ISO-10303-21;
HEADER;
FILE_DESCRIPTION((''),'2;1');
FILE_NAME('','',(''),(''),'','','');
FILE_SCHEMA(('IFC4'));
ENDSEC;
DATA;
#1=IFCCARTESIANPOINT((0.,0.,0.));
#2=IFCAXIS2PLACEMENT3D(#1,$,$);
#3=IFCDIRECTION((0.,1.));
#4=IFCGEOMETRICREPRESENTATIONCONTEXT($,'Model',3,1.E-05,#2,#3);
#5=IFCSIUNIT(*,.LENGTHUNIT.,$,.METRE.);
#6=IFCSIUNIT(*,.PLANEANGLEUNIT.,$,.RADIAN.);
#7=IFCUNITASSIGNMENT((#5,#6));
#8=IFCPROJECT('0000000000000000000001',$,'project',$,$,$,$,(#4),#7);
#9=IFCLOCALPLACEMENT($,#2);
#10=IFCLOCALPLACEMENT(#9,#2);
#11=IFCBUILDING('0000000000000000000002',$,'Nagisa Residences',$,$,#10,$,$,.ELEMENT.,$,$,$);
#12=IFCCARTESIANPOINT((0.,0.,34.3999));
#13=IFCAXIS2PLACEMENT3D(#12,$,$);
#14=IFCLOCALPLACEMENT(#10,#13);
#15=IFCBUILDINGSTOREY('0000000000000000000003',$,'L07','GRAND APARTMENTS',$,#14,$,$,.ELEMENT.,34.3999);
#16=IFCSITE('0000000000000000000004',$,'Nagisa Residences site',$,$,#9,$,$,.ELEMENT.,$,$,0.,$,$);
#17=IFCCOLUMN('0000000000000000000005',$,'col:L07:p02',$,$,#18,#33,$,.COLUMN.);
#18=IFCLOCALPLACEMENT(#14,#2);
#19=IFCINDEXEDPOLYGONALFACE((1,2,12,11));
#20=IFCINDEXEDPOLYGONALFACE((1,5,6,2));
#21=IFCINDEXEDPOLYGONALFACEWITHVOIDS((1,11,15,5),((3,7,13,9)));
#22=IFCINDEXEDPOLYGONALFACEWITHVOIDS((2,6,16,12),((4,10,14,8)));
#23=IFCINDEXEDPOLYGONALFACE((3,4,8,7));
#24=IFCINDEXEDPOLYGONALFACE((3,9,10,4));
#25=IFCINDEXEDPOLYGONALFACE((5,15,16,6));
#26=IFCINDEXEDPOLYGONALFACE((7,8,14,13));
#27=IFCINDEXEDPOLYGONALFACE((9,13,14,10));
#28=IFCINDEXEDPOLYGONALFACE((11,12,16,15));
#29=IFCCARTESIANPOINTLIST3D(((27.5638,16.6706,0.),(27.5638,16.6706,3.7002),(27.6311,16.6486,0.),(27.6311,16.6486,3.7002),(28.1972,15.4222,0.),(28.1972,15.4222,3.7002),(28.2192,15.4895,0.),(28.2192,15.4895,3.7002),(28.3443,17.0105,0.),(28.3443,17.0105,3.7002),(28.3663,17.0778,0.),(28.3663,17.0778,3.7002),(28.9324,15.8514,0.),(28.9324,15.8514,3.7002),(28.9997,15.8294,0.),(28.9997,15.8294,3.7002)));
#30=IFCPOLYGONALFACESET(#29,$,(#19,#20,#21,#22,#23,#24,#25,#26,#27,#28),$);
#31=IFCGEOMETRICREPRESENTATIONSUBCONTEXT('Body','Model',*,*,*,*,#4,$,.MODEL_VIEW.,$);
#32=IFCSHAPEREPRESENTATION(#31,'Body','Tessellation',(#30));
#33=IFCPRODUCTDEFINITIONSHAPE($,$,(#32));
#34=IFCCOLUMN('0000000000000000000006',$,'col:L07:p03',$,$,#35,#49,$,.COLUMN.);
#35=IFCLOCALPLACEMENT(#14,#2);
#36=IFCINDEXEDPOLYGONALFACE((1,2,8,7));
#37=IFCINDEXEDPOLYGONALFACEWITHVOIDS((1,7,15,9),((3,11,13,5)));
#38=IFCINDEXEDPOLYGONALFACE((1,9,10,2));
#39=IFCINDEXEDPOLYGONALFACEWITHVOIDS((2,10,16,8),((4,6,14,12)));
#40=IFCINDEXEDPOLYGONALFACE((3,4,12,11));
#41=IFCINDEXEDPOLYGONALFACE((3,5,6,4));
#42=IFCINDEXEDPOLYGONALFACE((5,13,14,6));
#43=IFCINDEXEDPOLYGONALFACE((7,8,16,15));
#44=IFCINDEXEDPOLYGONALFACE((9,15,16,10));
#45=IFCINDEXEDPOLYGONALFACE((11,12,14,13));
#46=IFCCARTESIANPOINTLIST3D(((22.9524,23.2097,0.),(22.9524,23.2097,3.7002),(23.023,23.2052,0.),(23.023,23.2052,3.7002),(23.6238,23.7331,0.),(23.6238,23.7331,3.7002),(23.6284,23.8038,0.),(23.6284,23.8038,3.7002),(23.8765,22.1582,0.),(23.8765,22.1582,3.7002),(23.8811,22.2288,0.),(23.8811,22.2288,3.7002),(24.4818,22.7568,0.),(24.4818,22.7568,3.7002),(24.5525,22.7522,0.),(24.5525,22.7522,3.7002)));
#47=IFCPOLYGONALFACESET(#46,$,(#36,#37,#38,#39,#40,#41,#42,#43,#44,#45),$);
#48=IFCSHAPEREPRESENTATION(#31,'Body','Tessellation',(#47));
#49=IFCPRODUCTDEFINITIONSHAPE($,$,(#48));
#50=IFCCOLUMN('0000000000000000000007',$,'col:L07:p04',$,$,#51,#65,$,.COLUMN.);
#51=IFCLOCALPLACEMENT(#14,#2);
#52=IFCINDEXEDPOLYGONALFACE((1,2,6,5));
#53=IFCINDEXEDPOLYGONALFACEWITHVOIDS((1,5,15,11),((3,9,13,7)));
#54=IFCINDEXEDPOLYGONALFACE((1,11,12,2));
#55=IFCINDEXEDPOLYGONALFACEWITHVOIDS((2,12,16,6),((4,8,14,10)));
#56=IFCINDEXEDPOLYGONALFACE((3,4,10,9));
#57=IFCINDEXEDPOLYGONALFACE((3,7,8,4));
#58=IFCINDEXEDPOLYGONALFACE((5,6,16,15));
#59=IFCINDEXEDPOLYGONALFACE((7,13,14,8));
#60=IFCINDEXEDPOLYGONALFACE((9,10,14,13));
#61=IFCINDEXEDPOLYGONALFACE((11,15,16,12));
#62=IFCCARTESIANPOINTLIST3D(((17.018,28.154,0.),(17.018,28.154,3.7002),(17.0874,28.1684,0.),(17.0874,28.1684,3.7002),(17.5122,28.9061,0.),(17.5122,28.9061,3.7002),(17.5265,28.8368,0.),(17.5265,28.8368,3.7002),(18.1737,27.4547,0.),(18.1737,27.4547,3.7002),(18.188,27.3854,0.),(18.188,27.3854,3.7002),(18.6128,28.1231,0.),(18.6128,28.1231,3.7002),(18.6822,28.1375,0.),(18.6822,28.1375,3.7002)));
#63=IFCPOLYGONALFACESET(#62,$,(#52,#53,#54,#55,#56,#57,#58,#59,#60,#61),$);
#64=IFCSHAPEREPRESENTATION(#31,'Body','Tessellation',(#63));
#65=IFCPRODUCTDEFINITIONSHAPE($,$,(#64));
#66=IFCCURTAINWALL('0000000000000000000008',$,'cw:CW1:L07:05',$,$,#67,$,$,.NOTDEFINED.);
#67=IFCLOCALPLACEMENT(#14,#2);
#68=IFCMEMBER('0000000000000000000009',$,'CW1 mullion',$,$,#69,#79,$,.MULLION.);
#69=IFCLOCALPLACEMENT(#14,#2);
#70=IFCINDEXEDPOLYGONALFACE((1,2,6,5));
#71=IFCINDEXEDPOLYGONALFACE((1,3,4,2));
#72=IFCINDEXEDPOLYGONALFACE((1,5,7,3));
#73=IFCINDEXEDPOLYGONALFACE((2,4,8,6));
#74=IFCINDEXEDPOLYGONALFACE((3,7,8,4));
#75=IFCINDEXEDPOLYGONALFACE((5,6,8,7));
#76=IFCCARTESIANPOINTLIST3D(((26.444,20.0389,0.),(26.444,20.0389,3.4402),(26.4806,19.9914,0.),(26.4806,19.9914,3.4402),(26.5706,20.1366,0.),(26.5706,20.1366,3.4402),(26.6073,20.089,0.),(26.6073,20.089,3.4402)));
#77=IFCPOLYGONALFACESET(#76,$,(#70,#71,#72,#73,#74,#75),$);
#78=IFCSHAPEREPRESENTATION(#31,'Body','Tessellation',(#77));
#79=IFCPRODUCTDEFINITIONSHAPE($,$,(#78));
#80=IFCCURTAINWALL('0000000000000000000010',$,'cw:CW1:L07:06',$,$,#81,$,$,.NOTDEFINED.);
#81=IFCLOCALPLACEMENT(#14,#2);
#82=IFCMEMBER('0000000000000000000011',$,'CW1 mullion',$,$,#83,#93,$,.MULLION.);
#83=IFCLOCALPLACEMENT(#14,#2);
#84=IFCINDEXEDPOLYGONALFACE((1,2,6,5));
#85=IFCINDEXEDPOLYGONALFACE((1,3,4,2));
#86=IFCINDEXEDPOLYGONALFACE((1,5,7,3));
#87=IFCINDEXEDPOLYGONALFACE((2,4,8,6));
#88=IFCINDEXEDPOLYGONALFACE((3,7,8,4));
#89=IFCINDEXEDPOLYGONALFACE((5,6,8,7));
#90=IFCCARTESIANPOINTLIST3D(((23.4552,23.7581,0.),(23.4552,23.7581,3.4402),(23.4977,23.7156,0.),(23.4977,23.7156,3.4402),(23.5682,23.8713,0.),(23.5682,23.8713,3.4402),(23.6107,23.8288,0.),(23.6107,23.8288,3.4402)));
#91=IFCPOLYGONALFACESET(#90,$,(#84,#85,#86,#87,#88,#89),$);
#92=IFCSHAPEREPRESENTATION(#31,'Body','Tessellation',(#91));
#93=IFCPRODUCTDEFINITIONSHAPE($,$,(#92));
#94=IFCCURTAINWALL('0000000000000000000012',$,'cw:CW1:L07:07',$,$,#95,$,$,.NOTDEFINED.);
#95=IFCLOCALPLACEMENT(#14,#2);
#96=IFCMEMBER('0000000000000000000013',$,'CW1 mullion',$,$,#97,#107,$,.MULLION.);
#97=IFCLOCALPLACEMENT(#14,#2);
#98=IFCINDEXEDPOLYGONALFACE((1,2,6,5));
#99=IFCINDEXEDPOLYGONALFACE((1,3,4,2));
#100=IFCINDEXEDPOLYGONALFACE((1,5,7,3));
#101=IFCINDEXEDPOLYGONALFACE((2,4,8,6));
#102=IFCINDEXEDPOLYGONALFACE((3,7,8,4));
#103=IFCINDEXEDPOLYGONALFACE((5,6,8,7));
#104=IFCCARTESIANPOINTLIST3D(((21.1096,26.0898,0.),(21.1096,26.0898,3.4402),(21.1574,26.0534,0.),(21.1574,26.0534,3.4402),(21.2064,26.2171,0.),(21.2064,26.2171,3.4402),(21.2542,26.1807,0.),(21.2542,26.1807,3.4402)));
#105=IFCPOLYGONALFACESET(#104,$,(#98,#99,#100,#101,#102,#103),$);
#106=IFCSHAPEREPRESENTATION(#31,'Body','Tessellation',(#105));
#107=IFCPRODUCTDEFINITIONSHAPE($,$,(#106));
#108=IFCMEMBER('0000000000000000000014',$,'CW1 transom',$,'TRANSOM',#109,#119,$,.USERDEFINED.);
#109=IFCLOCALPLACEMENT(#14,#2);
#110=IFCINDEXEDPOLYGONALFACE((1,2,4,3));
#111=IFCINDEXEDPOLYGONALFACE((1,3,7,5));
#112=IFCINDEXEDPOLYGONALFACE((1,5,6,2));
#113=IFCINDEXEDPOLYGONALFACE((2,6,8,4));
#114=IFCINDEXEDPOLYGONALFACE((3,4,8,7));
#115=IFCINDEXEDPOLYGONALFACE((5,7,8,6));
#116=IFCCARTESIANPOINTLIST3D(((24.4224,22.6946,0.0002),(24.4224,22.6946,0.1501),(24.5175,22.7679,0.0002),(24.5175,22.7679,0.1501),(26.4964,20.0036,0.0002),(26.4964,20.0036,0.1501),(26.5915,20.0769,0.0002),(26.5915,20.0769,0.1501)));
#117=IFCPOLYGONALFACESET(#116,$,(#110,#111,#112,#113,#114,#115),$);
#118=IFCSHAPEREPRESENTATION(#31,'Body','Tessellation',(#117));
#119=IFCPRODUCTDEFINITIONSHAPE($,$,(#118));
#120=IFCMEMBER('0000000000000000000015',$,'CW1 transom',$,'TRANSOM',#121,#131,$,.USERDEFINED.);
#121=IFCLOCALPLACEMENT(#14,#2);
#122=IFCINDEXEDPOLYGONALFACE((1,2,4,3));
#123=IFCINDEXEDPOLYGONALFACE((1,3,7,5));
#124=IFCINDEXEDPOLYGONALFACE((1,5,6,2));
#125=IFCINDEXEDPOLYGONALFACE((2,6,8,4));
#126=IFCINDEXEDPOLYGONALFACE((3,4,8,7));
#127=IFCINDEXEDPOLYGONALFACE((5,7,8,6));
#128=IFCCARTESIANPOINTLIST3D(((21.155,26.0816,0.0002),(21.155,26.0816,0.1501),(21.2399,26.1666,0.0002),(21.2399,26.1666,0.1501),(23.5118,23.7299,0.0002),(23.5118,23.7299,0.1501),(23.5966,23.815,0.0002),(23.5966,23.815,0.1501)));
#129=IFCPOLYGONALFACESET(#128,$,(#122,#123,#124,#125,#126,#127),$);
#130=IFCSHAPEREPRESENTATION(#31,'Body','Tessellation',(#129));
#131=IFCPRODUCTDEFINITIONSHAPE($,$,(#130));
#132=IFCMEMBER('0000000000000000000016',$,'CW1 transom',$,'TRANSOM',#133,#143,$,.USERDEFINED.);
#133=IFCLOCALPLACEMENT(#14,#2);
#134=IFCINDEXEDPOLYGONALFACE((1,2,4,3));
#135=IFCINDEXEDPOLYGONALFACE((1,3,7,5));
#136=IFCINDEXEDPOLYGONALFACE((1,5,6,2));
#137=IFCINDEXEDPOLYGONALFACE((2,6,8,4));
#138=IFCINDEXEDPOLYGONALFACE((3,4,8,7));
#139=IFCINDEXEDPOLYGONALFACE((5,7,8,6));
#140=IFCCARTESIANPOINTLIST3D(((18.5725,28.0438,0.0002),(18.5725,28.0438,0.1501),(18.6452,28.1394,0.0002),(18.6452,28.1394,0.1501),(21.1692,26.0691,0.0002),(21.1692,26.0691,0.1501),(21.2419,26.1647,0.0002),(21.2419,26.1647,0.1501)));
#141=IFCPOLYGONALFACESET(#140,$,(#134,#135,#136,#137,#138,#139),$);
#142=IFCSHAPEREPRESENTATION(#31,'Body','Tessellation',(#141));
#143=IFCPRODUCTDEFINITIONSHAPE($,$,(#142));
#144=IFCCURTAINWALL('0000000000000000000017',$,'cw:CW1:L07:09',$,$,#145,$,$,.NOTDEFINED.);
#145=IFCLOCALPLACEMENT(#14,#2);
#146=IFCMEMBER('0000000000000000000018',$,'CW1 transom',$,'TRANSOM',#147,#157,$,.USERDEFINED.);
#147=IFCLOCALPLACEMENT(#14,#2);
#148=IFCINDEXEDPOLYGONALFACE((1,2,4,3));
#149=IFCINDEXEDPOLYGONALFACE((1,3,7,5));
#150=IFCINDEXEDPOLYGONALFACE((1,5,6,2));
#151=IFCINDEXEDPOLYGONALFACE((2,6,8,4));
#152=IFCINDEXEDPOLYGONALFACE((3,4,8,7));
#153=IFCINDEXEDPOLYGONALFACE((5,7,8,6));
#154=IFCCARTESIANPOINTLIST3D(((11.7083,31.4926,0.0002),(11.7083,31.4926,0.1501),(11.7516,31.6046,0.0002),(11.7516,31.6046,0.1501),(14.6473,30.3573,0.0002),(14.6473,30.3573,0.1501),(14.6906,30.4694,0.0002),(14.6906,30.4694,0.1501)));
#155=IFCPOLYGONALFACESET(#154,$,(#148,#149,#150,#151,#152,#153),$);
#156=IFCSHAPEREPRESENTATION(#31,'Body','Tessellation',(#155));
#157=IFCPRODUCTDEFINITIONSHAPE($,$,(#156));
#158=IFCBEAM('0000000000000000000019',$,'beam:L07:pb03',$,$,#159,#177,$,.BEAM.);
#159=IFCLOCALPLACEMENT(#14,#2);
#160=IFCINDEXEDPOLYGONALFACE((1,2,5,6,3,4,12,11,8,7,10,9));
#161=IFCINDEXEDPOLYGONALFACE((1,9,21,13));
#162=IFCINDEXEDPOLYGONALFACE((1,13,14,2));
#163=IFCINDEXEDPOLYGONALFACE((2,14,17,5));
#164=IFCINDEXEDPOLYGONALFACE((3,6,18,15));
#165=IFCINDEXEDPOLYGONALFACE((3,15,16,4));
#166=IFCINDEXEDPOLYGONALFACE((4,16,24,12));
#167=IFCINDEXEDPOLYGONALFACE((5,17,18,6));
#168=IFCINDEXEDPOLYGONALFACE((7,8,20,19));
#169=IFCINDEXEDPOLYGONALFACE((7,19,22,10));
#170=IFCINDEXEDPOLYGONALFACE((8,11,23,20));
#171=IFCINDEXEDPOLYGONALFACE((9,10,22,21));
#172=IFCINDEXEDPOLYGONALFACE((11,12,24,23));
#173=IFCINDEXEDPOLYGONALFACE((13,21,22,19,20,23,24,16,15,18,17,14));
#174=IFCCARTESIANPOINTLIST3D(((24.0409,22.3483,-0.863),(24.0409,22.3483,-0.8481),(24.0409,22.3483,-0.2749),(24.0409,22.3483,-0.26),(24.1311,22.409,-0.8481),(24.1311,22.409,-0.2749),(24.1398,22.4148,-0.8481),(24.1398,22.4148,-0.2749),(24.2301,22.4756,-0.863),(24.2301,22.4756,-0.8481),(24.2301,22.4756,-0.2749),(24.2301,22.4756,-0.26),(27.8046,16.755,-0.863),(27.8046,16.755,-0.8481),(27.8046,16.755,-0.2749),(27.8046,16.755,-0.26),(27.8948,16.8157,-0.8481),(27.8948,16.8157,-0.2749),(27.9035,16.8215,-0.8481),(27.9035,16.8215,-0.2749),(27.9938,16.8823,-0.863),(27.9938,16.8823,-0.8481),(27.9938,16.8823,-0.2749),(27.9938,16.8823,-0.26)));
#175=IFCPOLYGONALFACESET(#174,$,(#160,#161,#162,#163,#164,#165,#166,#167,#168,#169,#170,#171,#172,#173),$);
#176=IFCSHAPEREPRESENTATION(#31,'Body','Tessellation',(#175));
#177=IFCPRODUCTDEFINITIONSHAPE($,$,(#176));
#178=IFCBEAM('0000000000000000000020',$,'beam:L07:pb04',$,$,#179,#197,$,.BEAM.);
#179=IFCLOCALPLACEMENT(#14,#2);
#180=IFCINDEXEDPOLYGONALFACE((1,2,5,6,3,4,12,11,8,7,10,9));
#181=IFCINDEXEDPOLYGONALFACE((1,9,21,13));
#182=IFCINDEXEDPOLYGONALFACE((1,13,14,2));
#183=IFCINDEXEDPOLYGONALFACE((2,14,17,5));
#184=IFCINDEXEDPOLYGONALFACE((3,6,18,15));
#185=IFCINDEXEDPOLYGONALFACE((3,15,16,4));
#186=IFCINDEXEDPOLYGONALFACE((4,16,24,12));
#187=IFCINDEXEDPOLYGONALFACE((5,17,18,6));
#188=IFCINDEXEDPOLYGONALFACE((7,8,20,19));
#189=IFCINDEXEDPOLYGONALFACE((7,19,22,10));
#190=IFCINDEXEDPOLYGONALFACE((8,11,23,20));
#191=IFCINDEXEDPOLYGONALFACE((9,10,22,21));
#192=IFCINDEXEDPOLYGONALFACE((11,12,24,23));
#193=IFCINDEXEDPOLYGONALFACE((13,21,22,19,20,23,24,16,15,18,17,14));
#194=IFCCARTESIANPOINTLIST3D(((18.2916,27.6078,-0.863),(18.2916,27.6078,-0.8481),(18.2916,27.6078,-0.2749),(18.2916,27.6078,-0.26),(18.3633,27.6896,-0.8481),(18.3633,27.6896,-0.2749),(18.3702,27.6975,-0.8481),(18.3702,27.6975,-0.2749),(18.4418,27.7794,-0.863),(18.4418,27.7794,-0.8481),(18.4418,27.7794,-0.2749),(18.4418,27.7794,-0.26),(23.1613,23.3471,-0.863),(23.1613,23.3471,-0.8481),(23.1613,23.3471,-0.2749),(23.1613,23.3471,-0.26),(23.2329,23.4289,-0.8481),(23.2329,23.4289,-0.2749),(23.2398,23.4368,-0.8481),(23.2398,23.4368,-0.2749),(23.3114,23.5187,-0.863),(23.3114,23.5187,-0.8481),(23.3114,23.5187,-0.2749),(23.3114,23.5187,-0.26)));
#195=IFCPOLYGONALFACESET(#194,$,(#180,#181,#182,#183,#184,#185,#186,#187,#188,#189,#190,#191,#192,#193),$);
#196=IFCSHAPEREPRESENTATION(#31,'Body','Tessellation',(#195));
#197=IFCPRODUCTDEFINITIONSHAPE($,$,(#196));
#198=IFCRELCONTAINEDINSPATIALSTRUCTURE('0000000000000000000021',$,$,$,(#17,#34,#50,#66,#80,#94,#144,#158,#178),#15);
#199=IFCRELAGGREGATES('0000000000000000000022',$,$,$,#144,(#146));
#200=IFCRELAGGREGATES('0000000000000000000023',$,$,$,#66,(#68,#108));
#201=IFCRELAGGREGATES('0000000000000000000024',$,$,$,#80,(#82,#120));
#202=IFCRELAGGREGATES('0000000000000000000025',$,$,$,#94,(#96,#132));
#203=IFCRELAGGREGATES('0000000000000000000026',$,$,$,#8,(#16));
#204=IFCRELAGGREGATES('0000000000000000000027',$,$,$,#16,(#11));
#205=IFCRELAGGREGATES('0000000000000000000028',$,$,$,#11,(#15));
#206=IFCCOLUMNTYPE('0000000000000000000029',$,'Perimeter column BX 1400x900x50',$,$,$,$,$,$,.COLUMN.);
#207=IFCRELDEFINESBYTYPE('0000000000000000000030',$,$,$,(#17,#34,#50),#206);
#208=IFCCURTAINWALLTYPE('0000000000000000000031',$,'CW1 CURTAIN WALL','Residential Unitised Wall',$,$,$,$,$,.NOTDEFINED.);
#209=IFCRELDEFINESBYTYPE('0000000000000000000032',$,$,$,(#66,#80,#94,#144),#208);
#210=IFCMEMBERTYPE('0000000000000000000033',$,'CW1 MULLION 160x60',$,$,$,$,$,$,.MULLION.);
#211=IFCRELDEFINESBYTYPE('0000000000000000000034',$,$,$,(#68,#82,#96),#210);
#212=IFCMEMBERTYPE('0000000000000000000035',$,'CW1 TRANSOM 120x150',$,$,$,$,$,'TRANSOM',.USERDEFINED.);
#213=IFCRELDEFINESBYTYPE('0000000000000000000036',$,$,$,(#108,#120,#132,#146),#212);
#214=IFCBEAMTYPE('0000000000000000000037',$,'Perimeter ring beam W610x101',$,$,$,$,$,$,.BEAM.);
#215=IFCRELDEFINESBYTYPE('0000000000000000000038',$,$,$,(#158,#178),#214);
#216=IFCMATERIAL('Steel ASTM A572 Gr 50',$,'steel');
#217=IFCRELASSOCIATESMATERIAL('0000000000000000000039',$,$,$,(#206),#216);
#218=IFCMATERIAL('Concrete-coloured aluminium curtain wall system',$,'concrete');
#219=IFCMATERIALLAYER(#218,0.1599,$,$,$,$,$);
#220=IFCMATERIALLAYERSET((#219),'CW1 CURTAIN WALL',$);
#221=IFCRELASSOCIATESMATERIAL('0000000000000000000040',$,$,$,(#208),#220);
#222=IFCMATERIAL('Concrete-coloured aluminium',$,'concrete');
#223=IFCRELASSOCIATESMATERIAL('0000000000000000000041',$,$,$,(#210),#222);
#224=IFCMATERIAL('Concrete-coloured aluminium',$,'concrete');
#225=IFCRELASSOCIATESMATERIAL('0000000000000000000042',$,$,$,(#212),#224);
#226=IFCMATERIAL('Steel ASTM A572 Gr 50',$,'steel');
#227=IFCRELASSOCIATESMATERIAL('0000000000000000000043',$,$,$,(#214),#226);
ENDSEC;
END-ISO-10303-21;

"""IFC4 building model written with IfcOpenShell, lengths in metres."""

from ifc_helpers import new_model, si_unit, direction, frame, origin, origin_2d, place, context, subcontext, project, spatial, rectangle, hollow_rectangle, i_section, extrude, material, layer, layer_set, material_profile, profile_set, type_object, element, aggregate, save


model = new_model("IFC4")

# Units and contexts
model_context = context("Model", 3, precision=1e-05, world=origin(), true_north=direction((0.0, 1.0)))
body_context = subcontext(model_context, "Body", "Model", "MODEL_VIEW")
ifc_project = project(units=[si_unit("LENGTHUNIT", "METRE"), si_unit("PLANEANGLEUNIT", "RADIAN")], contexts=[model_context])

# Site, building, storey
site_placement = place(None, origin())
site = spatial("IfcSite", under=ifc_project, at=site_placement, Name="Nagisa Residences site", CompositionType="ELEMENT", RefElevation=0.0)
building_placement = place(site_placement, origin())
building = spatial("IfcBuilding", under=site, at=building_placement, Name="Nagisa Residences", CompositionType="ELEMENT")
storey_placement = place(building_placement, frame((0.0, 0.0, 34.3999)))
storey = spatial("IfcBuildingStorey", under=building, at=storey_placement, Name="L07", Description="GRAND APARTMENTS", CompositionType="ELEMENT", Elevation=34.3999)

# Columns
ifc_material_1 = material(Name="Steel ASTM A572 Gr 50", Category="steel")
ifc_material_profile_1 = material_profile(ifc_material_1, hollow_rectangle(XDim=1.3999, YDim=0.8999, WallThickness=0.05, at=origin_2d()), Name="BX 1400x900x50")
ifc_profile_set_1 = profile_set([ifc_material_profile_1], Name="Steel ASTM A572 Gr 50")
column_type = type_object("IfcColumnType", Name="Perimeter column BX 1400x900x50", PredefinedType="COLUMN", material=ifc_profile_set_1)
for number, where, z_axis, x_axis, name in (
    (1, (28.2817, 16.25, 0.0), (0.0, 0.0, 1.0), (-0.452463, 0.891783, 0.0), "col:L07:p02"),
    (2, (23.7524, 22.981, 0.0), (0.0, 0.0, 1.0), (-0.660115, 0.751165, 0.0), "col:L07:p03"),
    (3, (17.8501, 28.1458, 0.0), (0.0, 0.0, 1.0), (-0.835766, 0.549086, 0.0), "col:L07:p04"),
):
    element("IfcColumn", number, at=place(storey_placement, frame(where, z_axis=z_axis, x_axis=x_axis)), inside=storey, type_object=column_type, Name=name, PredefinedType="COLUMN", context=body_context, shape_type="SweptSolid", body=[
        extrude(hollow_rectangle(XDim=1.3999, YDim=0.8999, WallThickness=0.05, at=origin_2d()), origin(), (0.0, 0.0, 1.0), 3.7002),
    ])

# Curtain walls, members
ifc_material_2 = material(Name="Concrete-coloured aluminium curtain wall system", Category="concrete")
ifc_layer_1 = layer(ifc_material_2, 0.1599)
ifc_layer_set_1 = layer_set([ifc_layer_1], Name="CW1 CURTAIN WALL")
curtain_wall_type = type_object("IfcCurtainWallType", Name="CW1 CURTAIN WALL", Description="Residential Unitised Wall", PredefinedType="NOTDEFINED", material=ifc_layer_set_1)
curtain_wall_1_placement = place(storey_placement, origin())
curtain_wall_1 = element("IfcCurtainWall", 4, at=curtain_wall_1_placement, inside=storey, type_object=curtain_wall_type, Name="cw:CW1:L07:05", PredefinedType="NOTDEFINED")
ifc_material_3 = material(Name="Concrete-coloured aluminium", Category="concrete")
ifc_material_profile_2 = material_profile(ifc_material_3, rectangle(XDim=0.1599, YDim=0.0601, at=origin_2d()), Name="CW1 MULLION 160x60")
ifc_profile_set_2 = profile_set([ifc_material_profile_2], Name="Concrete-coloured aluminium")
member_type_1 = type_object("IfcMemberType", Name="CW1 MULLION 160x60", PredefinedType="MULLION", material=ifc_profile_set_2)
member_1_placement = place(storey_placement, frame((26.5256, 20.064, 0.0), z_axis=(0.0, 0.0, 1.0), x_axis=(-0.79207, -0.61043, 0.0)))
member_1 = element("IfcMember", 5, at=member_1_placement, type_object=member_type_1, Name="CW1 mullion", PredefinedType="MULLION", context=body_context, shape_type="SweptSolid", body=[
    extrude(rectangle(XDim=0.1599, YDim=0.0601, at=origin_2d()), origin(), (0.0, 0.0, 1.0), 3.4402),
])
curtain_wall_2_placement = place(storey_placement, origin())
curtain_wall_2 = element("IfcCurtainWall", 6, at=curtain_wall_2_placement, inside=storey, type_object=curtain_wall_type, Name="cw:CW1:L07:06", PredefinedType="NOTDEFINED")
member_2_placement = place(storey_placement, frame((23.533, 23.7935, 0.0), z_axis=(0.0, 0.0, 1.0), x_axis=(-0.706377, -0.707836, 0.0)))
member_2 = element("IfcMember", 7, at=member_2_placement, type_object=member_type_1, Name="CW1 mullion", PredefinedType="MULLION", context=body_context, shape_type="SweptSolid", body=[
    extrude(rectangle(XDim=0.1599, YDim=0.0601, at=origin_2d()), origin(), (0.0, 0.0, 1.0), 3.4402),
])
curtain_wall_3_placement = place(storey_placement, origin())
curtain_wall_3 = element("IfcCurtainWall", 8, at=curtain_wall_3_placement, inside=storey, type_object=curtain_wall_type, Name="cw:CW1:L07:07", PredefinedType="NOTDEFINED")
member_3_placement = place(storey_placement, frame((21.1819, 26.1353, 0.0), z_axis=(0.0, 0.0, 1.0), x_axis=(-0.605255, -0.796031, 0.0)))
member_3 = element("IfcMember", 9, at=member_3_placement, type_object=member_type_1, Name="CW1 mullion", PredefinedType="MULLION", context=body_context, shape_type="SweptSolid", body=[
    extrude(rectangle(XDim=0.1599, YDim=0.0601, at=origin_2d()), origin(), (0.0, 0.0, 1.0), 3.4402),
])

# Members
ifc_material_4 = material(Name="Concrete-coloured aluminium", Category="concrete")
ifc_material_profile_3 = material_profile(ifc_material_4, rectangle(XDim=0.1201, YDim=0.1499, at=origin_2d()), Name="CW1 TRANSOM 120x150")
ifc_profile_set_3 = profile_set([ifc_material_profile_3], Name="Concrete-coloured aluminium")
member_type_2 = type_object("IfcMemberType", Name="CW1 TRANSOM 120x150", ElementType="TRANSOM", PredefinedType="USERDEFINED", material=ifc_profile_set_3)
member_4_placement = place(storey_placement, frame((26.5439, 20.0403, 0.0752), z_axis=(-0.610457, 0.792049, 0.0), x_axis=(-0.792049, -0.610457, 0.0)))
member_4 = element("IfcMember", 10, at=member_4_placement, type_object=member_type_2, Name="CW1 transom", ObjectType="TRANSOM", PredefinedType="USERDEFINED", context=body_context, shape_type="SweptSolid", body=[
    extrude(rectangle(XDim=0.1201, YDim=0.1499, at=origin_2d()), origin(), (0.0, 0.0, 1.0), 3.3975),
])
member_5_placement = place(storey_placement, frame((23.5542, 23.7725, 0.0752), z_axis=(-0.707876, 0.706336, 0.0), x_axis=(-0.706336, -0.707876, 0.0)))
member_5 = element("IfcMember", 11, at=member_5_placement, type_object=member_type_2, Name="CW1 transom", ObjectType="TRANSOM", PredefinedType="USERDEFINED", context=body_context, shape_type="SweptSolid", body=[
    extrude(rectangle(XDim=0.1201, YDim=0.1499, at=origin_2d()), origin(), (0.0, 0.0, 1.0), 3.3293),
])
member_6_placement = place(storey_placement, frame((21.2056, 26.1169, 0.0752), z_axis=(-0.795995, 0.605303, 0.0), x_axis=(-0.605303, -0.795995, 0.0)))
member_6 = element("IfcMember", 12, at=member_6_placement, type_object=member_type_2, Name="CW1 transom", ObjectType="TRANSOM", PredefinedType="USERDEFINED", context=body_context, shape_type="SweptSolid", body=[
    extrude(rectangle(XDim=0.1201, YDim=0.1499, at=origin_2d()), origin(), (0.0, 0.0, 1.0), 3.2622),
])

# Curtain wall, member
curtain_wall_4_placement = place(storey_placement, origin())
curtain_wall_4 = element("IfcCurtainWall", 13, at=curtain_wall_4_placement, inside=storey, type_object=curtain_wall_type, Name="cw:CW1:L07:09", PredefinedType="NOTDEFINED")
member_7_placement = place(storey_placement, frame((14.6689, 30.4133, 0.0752), z_axis=(-0.932825, 0.360329, 0.0), x_axis=(-0.360329, -0.932825, 0.0)))
member_7 = element("IfcMember", 14, at=member_7_placement, type_object=member_type_2, Name="CW1 transom", ObjectType="TRANSOM", PredefinedType="USERDEFINED", context=body_context, shape_type="SweptSolid", body=[
    extrude(rectangle(XDim=0.1201, YDim=0.1499, at=origin_2d()), origin(), (0.0, 0.0, 1.0), 3.1506),
])
aggregate(curtain_wall_4, [member_7])

# Beams
ifc_material_5 = material(Name="Steel ASTM A572 Gr 50", Category="steel")
ifc_material_profile_4 = material_profile(ifc_material_5, i_section(OverallWidth=0.228, OverallDepth=0.603, WebThickness=0.0105, FlangeThickness=0.0149, at=origin_2d()), Name="W610x101")
ifc_profile_set_4 = profile_set([ifc_material_profile_4], Name="Steel ASTM A572 Gr 50")
beam_type_1 = type_object("IfcBeamType", Name="Perimeter ring beam W610x101", PredefinedType="BEAM", material=ifc_profile_set_4)
beam_1_placement = place(storey_placement, frame((27.8992, 16.8186, -0.5615), z_axis=(-0.558272, 0.829658, 0.0), x_axis=(-0.829658, -0.558272, 0.0)))
element("IfcBeam", 15, at=beam_1_placement, inside=storey, type_object=beam_type_1, Name="beam:L07:pb03", PredefinedType="BEAM", context=body_context, shape_type="SweptSolid", body=[
    extrude(i_section(OverallWidth=0.228, OverallDepth=0.603, WebThickness=0.0105, FlangeThickness=0.0149, at=origin_2d()), origin(), (0.0, 0.0, 1.0), 6.7417),
])
beam_2_placement = place(storey_placement, frame((23.2363, 23.4329, -0.5615), z_axis=(-0.752591, 0.658489, 0.0), x_axis=(-0.658489, -0.752591, 0.0)))
element("IfcBeam", 16, at=beam_2_placement, inside=storey, type_object=beam_type_1, Name="beam:L07:pb04", PredefinedType="BEAM", context=body_context, shape_type="SweptSolid", body=[
    extrude(i_section(OverallWidth=0.228, OverallDepth=0.603, WebThickness=0.0105, FlangeThickness=0.0149, at=origin_2d()), origin(), (0.0, 0.0, 1.0), 6.4705),
])

aggregate(curtain_wall_1, [member_1, member_4])
aggregate(curtain_wall_2, [member_2, member_5])
aggregate(curtain_wall_3, [member_3, member_6])

save(model, "model.ifc")
